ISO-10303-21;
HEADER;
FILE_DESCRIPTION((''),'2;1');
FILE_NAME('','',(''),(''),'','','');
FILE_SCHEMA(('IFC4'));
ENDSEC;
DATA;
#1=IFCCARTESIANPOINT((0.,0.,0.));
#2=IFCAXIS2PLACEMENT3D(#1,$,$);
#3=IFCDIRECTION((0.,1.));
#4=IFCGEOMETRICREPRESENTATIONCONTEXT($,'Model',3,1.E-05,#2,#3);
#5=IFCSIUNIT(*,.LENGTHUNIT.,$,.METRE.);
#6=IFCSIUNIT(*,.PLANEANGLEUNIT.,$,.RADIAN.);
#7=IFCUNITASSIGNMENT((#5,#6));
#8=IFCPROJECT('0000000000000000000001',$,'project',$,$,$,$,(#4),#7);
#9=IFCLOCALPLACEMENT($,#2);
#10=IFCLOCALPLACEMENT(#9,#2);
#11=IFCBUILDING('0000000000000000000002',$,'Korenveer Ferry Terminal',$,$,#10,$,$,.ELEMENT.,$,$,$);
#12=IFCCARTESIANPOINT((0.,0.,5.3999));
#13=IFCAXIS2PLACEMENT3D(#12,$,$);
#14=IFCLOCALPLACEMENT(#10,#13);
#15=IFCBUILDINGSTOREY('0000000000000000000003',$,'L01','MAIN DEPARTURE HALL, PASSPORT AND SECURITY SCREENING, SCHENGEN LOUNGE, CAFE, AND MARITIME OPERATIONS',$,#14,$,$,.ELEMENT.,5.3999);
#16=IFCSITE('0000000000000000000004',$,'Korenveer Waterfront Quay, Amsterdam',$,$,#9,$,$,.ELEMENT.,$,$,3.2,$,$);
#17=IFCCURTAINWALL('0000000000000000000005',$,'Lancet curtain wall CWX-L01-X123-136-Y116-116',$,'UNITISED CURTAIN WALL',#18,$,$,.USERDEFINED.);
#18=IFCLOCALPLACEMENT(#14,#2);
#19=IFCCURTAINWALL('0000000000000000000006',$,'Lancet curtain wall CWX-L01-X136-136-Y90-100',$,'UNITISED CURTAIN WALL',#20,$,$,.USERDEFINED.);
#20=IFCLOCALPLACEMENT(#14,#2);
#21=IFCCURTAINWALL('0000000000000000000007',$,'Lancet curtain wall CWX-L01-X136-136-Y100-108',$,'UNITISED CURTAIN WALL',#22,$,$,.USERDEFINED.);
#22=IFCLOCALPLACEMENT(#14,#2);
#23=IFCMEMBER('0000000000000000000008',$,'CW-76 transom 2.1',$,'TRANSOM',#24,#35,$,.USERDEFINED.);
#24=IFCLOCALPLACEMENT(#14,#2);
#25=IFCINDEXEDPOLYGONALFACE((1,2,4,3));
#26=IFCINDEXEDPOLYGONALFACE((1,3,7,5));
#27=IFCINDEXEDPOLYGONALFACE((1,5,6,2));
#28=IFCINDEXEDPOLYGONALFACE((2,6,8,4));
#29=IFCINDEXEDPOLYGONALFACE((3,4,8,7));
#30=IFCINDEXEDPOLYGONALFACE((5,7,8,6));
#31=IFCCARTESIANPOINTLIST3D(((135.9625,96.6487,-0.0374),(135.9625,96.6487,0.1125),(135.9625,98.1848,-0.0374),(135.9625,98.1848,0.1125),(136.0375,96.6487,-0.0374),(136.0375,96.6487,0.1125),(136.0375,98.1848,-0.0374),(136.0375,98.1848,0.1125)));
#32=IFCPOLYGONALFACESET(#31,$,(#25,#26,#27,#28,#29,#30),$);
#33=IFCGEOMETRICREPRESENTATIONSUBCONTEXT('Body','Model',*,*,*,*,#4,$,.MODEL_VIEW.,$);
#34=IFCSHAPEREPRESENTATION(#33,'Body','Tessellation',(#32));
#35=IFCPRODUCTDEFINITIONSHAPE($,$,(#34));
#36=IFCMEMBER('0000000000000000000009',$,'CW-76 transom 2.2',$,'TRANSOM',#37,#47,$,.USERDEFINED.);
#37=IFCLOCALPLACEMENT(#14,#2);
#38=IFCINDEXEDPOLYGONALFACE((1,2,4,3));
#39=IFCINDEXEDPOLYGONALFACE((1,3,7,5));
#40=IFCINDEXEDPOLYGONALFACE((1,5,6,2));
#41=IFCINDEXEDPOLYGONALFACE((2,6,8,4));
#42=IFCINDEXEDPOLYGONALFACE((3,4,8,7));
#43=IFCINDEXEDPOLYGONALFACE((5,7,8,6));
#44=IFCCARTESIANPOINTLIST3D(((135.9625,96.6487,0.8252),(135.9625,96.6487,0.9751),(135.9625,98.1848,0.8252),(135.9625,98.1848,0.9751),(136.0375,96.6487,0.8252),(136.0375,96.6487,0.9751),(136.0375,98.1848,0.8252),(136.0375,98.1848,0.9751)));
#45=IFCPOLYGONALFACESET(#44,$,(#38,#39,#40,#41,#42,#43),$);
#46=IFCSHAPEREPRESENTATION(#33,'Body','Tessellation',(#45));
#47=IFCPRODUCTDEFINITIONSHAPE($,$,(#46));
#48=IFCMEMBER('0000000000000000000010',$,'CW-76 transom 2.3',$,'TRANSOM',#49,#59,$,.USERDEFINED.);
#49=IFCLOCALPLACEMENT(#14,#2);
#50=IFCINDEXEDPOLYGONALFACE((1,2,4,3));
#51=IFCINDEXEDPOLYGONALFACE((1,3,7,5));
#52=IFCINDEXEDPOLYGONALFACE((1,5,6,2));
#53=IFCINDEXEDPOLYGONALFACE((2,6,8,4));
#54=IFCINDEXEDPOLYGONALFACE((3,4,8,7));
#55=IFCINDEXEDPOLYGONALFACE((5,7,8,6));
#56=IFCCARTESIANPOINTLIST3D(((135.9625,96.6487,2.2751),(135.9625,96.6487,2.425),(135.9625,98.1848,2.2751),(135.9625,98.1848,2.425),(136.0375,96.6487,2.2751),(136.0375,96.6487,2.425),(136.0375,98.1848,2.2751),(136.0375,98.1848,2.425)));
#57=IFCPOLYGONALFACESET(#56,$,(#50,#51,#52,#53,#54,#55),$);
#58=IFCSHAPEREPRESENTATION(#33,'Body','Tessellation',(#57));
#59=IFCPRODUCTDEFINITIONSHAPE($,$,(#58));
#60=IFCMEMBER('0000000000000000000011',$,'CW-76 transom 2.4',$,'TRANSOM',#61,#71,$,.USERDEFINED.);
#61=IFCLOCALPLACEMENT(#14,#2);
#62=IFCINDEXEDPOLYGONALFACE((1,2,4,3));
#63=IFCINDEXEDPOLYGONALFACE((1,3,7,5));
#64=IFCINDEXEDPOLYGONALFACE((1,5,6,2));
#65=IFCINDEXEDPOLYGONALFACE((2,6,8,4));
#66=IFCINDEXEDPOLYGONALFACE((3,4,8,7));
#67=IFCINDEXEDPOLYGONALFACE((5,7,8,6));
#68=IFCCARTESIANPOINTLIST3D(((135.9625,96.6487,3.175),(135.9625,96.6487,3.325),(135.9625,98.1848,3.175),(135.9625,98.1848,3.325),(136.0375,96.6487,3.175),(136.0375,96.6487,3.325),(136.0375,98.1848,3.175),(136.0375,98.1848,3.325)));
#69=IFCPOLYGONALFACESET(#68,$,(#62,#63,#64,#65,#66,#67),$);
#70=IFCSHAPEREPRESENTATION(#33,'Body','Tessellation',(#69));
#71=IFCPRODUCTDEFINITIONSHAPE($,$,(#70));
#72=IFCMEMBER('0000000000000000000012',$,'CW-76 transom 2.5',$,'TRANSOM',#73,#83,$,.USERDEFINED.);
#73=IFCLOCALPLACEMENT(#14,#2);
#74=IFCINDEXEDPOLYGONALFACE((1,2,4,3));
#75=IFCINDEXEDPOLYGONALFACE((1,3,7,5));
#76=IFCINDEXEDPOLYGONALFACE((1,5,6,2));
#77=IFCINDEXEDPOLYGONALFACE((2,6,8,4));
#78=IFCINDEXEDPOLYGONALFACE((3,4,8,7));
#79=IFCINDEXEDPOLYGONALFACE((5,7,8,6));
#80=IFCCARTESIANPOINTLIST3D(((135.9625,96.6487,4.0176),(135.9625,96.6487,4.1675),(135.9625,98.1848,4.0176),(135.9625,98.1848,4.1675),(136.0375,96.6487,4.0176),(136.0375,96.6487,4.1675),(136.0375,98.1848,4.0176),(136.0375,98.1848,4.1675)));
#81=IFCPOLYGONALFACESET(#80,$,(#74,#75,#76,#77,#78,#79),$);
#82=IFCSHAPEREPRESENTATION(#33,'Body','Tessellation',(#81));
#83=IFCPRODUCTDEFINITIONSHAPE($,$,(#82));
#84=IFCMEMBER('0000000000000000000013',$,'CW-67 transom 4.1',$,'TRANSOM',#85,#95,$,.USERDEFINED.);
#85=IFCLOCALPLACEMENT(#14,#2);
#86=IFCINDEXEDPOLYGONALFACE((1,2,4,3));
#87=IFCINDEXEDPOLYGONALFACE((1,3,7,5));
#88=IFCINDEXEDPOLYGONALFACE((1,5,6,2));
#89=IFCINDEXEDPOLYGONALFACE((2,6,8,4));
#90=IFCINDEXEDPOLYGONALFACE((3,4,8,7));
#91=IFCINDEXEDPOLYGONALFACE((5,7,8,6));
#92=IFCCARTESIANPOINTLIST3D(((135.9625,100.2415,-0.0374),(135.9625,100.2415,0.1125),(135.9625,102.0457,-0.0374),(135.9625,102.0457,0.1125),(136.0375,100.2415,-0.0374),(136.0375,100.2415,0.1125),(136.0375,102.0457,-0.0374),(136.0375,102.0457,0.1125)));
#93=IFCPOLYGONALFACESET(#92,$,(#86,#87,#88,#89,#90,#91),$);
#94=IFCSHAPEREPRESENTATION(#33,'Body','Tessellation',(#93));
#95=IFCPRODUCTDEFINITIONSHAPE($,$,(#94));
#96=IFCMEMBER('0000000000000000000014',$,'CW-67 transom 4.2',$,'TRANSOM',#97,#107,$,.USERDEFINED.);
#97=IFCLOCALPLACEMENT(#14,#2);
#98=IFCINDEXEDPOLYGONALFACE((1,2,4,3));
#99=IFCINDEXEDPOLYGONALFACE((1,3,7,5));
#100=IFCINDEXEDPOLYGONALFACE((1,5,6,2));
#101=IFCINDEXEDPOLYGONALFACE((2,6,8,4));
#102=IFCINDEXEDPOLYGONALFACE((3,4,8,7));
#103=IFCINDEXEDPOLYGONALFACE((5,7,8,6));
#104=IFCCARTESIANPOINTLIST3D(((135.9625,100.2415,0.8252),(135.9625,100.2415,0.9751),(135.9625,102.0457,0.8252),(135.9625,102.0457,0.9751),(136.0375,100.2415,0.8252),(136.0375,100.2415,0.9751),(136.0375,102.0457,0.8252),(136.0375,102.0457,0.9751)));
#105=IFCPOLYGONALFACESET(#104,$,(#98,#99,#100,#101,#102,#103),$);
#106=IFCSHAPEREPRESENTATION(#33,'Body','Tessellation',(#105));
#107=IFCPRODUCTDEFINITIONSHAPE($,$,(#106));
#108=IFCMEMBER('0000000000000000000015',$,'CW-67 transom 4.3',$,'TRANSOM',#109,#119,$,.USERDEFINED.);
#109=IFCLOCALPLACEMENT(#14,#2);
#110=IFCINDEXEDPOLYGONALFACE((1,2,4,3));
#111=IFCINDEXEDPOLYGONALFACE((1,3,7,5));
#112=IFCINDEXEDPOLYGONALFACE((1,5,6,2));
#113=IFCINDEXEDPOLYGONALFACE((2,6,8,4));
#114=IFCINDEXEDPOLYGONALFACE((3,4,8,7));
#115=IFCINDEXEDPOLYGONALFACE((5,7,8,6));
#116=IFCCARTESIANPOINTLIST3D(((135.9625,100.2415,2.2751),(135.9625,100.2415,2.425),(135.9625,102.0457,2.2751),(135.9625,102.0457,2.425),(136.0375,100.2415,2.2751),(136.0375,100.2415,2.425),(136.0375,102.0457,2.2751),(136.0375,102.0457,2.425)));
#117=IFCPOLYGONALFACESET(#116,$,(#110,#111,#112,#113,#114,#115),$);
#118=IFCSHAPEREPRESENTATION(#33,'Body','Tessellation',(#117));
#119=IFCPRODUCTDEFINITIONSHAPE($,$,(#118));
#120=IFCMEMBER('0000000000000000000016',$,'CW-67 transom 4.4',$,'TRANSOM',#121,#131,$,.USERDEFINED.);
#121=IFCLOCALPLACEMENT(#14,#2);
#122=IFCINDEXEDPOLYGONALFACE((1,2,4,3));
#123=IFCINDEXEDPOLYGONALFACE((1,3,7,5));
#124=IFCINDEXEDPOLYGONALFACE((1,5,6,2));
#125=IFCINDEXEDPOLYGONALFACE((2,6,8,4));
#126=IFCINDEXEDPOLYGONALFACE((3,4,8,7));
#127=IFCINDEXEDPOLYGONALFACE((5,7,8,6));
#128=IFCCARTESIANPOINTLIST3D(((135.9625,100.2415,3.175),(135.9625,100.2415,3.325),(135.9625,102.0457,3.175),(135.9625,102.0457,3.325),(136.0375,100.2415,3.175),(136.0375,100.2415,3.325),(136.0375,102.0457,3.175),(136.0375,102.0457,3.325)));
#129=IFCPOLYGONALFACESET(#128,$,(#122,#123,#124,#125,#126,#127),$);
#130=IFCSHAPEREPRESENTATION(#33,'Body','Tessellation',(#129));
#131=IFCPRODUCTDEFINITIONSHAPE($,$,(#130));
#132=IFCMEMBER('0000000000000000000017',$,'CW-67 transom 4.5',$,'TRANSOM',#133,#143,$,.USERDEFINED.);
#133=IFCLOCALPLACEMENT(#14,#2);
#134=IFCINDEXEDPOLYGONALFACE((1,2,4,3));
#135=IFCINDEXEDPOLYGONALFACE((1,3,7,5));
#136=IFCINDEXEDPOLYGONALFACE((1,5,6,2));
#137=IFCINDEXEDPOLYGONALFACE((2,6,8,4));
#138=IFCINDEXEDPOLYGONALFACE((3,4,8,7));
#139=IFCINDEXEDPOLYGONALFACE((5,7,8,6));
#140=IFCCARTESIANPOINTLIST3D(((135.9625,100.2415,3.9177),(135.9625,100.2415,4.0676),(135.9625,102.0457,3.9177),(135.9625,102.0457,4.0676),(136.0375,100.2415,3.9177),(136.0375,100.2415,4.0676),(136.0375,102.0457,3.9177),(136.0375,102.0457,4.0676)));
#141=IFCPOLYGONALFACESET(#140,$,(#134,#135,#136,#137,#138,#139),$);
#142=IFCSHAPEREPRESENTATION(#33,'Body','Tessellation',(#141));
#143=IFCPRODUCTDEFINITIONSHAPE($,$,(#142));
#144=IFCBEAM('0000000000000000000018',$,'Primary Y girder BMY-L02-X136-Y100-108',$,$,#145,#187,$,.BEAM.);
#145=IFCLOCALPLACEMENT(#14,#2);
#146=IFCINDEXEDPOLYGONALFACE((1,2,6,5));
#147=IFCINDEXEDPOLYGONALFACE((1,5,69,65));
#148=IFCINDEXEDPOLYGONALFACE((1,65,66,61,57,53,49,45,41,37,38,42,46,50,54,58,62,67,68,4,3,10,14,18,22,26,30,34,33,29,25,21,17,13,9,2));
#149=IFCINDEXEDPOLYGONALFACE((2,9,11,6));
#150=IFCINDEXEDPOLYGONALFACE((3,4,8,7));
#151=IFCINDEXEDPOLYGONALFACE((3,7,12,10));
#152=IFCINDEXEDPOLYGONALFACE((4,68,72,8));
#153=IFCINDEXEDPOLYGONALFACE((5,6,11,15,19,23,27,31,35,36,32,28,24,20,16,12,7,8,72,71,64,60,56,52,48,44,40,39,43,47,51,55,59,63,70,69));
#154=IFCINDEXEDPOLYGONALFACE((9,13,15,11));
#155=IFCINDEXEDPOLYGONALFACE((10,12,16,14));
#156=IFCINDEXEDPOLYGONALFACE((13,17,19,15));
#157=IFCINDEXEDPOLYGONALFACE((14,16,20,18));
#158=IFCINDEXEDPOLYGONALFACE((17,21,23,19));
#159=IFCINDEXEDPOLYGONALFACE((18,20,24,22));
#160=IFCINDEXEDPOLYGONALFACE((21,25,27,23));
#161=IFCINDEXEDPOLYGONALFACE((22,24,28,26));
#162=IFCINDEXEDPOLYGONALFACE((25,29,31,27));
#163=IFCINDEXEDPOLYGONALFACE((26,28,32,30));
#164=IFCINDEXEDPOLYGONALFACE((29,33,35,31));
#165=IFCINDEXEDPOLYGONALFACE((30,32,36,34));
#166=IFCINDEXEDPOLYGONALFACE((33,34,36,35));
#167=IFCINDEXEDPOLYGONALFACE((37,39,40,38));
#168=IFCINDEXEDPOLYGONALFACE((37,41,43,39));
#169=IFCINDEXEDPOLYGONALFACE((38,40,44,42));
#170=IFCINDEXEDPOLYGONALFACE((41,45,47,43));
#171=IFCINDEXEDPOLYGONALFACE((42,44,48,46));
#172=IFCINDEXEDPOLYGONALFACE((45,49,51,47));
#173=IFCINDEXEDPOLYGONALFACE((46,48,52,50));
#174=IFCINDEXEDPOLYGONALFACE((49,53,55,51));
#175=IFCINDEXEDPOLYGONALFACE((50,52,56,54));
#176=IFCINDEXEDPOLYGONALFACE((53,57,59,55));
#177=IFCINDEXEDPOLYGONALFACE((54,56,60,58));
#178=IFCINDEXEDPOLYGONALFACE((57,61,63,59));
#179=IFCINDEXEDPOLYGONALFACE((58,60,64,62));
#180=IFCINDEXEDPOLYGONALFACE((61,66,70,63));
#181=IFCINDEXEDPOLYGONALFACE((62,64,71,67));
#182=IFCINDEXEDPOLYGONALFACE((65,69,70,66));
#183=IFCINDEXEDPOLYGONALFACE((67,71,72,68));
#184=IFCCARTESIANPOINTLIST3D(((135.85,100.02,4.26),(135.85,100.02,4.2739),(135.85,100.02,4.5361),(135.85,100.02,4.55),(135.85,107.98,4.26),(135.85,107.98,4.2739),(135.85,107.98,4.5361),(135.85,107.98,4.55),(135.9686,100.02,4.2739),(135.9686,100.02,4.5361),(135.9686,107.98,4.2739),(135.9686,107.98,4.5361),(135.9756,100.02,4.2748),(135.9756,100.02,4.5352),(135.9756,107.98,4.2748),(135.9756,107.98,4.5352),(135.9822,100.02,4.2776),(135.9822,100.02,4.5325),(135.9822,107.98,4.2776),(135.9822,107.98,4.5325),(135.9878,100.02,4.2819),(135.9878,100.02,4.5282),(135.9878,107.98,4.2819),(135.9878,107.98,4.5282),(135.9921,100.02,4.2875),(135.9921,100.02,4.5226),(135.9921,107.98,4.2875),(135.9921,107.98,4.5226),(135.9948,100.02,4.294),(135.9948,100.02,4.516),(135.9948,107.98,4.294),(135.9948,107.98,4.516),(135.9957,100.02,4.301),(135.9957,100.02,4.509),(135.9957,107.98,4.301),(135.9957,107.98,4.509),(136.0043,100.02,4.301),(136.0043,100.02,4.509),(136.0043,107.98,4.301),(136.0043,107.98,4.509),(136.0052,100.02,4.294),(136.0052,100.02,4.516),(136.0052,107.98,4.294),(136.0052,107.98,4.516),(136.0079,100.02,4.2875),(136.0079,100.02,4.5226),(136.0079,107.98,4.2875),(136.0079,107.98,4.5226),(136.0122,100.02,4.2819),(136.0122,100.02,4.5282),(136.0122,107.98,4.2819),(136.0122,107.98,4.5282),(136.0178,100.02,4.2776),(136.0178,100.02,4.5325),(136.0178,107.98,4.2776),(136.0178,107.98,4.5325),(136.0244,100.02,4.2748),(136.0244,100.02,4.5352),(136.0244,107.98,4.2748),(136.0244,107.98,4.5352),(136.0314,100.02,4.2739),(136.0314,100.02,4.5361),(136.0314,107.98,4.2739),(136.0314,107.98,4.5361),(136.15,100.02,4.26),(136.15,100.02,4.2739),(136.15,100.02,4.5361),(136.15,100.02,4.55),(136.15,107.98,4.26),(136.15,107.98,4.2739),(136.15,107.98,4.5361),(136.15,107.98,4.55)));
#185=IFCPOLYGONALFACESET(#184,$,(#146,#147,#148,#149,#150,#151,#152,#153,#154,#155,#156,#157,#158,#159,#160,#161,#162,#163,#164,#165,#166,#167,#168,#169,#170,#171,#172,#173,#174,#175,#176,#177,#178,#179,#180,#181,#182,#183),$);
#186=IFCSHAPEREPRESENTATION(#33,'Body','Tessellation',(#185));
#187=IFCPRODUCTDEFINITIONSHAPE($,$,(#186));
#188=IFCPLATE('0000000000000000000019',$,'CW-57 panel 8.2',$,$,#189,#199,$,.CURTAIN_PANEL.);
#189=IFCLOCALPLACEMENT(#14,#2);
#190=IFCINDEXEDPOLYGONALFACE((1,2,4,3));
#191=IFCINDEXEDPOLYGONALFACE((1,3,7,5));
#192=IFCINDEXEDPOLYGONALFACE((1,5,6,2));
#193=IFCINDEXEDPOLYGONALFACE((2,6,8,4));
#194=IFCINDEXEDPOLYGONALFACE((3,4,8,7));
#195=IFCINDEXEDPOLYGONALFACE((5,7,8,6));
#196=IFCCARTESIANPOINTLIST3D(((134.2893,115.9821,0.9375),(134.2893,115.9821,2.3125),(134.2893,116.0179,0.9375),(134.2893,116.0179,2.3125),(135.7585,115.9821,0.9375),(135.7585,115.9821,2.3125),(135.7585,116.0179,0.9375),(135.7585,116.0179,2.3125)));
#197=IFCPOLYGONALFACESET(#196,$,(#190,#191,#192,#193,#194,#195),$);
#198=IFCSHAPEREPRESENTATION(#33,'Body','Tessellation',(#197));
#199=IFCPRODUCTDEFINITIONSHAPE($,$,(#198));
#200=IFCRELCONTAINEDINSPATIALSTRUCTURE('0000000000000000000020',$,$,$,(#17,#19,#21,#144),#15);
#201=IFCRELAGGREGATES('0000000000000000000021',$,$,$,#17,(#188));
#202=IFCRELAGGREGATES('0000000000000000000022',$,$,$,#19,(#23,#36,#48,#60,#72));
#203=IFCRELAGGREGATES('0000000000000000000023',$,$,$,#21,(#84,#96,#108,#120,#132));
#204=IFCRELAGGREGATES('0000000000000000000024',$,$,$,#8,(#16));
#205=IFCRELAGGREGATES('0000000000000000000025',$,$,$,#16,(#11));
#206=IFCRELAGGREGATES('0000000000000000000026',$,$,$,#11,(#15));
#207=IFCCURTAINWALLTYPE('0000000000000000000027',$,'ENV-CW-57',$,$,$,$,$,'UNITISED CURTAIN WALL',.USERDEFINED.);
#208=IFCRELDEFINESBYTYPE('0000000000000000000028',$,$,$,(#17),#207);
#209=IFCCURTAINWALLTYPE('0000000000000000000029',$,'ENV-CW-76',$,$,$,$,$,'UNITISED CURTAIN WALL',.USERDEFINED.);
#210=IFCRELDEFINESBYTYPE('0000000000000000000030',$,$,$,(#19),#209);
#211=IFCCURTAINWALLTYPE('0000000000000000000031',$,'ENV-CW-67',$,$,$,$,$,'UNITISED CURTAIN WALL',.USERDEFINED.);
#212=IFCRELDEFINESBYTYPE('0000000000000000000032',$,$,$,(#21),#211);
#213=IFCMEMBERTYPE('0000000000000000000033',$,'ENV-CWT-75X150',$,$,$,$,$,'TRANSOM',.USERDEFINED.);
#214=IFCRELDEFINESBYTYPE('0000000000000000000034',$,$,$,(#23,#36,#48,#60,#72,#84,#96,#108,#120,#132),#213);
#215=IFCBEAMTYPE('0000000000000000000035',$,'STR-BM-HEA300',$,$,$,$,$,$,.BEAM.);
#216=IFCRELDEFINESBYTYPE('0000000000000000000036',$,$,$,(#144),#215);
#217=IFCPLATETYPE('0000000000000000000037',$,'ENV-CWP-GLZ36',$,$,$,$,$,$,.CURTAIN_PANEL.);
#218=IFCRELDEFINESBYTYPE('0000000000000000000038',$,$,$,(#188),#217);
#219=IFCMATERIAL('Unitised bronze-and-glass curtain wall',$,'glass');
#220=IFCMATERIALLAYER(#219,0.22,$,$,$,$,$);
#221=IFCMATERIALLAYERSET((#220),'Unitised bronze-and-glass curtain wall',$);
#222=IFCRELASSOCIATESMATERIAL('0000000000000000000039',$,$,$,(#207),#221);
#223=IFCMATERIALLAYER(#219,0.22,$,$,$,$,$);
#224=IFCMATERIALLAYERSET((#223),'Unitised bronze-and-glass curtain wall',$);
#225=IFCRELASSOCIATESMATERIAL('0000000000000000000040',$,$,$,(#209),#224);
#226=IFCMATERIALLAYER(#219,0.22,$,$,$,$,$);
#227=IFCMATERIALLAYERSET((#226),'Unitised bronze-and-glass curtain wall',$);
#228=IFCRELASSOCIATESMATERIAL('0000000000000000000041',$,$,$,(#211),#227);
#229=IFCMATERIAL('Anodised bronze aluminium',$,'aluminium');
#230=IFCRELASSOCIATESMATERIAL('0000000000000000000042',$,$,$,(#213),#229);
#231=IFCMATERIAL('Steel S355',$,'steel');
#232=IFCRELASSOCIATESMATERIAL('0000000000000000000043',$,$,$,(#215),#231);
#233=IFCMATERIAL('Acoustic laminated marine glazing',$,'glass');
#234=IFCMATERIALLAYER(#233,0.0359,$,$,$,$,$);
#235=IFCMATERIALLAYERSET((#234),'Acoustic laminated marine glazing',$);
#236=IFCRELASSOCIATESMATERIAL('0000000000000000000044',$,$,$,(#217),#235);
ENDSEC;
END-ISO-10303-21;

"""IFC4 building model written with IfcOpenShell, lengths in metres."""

from ifc_helpers import new_model, si_unit, direction, frame, origin, origin_2d, place, context, subcontext, project, spatial, rectangle, i_section, extrude, material, layer, layer_set, material_profile, profile_set, type_object, element, aggregate, save


model = new_model("IFC4")

# Units and contexts
model_context = context("Model", 3, precision=1e-05, world=origin(), true_north=direction((0.0, 1.0)))
body_context = subcontext(model_context, "Body", "Model", "MODEL_VIEW")
ifc_project = project(units=[si_unit("LENGTHUNIT", "METRE"), si_unit("PLANEANGLEUNIT", "RADIAN")], contexts=[model_context])

# Site, building, storey
site_placement = place(None, origin())
site = spatial("IfcSite", under=ifc_project, at=site_placement, Name="Korenveer Waterfront Quay, Amsterdam", CompositionType="ELEMENT", RefElevation=3.2)
building_placement = place(site_placement, origin())
building = spatial("IfcBuilding", under=site, at=building_placement, Name="Korenveer Ferry Terminal", CompositionType="ELEMENT")
storey_placement = place(building_placement, frame((0.0, 0.0, 5.3999)))
storey = spatial("IfcBuildingStorey", under=building, at=storey_placement, Name="L01", Description="MAIN DEPARTURE HALL, PASSPORT AND SECURITY SCREENING, SCHENGEN LOUNGE, CAFE, AND MARITIME OPERATIONS", CompositionType="ELEMENT", Elevation=5.3999)

# Shared definitions
ifc_material_1 = material(Name="Steel S355", Category="steel")

# Curtain wall
ifc_material_2 = material(Name="Unitised bronze-and-glass curtain wall", Category="glass")
ifc_layer_1 = layer(ifc_material_2, 0.22)
ifc_layer_set_1 = layer_set([ifc_layer_1], Name="Unitised bronze-and-glass curtain wall")
curtain_wall_type_1 = type_object("IfcCurtainWallType", Name="ENV-CW-57", ElementType="UNITISED CURTAIN WALL", PredefinedType="USERDEFINED", material=ifc_layer_set_1)
curtain_wall_1_placement = place(storey_placement, frame((123.1799, 116.0, 0.0)))
curtain_wall_1 = element("IfcCurtainWall", 1, at=curtain_wall_1_placement, inside=storey, type_object=curtain_wall_type_1, Name="Lancet curtain wall CWX-L01-X123-136-Y116-116", ObjectType="UNITISED CURTAIN WALL", PredefinedType="USERDEFINED")
ifc_material_3 = material(Name="Anodised bronze aluminium", Category="aluminium")

# Curtain walls
ifc_layer_2 = layer(ifc_material_2, 0.22)
ifc_layer_set_2 = layer_set([ifc_layer_2], Name="Unitised bronze-and-glass curtain wall")
curtain_wall_type_2 = type_object("IfcCurtainWallType", Name="ENV-CW-76", ElementType="UNITISED CURTAIN WALL", PredefinedType="USERDEFINED", material=ifc_layer_set_2)
curtain_wall_2_placement = place(storey_placement, frame((136.0, 99.8335, 0.0)))
curtain_wall_2 = element("IfcCurtainWall", 2, at=curtain_wall_2_placement, inside=storey, type_object=curtain_wall_type_2, Name="Lancet curtain wall CWX-L01-X136-136-Y90-100", ObjectType="UNITISED CURTAIN WALL", PredefinedType="USERDEFINED")
ifc_layer_3 = layer(ifc_material_2, 0.22)
ifc_layer_set_3 = layer_set([ifc_layer_3], Name="Unitised bronze-and-glass curtain wall")
curtain_wall_type_3 = type_object("IfcCurtainWallType", Name="ENV-CW-67", ElementType="UNITISED CURTAIN WALL", PredefinedType="USERDEFINED", material=ifc_layer_set_3)
curtain_wall_3_placement = place(storey_placement, frame((136.0, 107.8335, 0.0)))
curtain_wall_3 = element("IfcCurtainWall", 3, at=curtain_wall_3_placement, inside=storey, type_object=curtain_wall_type_3, Name="Lancet curtain wall CWX-L01-X136-136-Y100-108", ObjectType="UNITISED CURTAIN WALL", PredefinedType="USERDEFINED")

# Members
ifc_material_profile_1 = material_profile(ifc_material_3, rectangle(XDim=0.075, YDim=0.1499, at=origin_2d()), Name="ALU 75x150")
ifc_profile_set_1 = profile_set([ifc_material_profile_1], Name="Anodised bronze aluminium")
member_type_1 = type_object("IfcMemberType", Name="ENV-CWT-75X150", ElementType="TRANSOM", PredefinedType="USERDEFINED", material=ifc_profile_set_1)
member_1_placement = place(storey_placement, frame((136.0, 98.1848, 0.0376), z_axis=(0.0, -1.0, 0.0), x_axis=(1.0, 0.0, 0.0)))
member_1 = element("IfcMember", 4, at=member_1_placement, type_object=member_type_1, Name="CW-76 transom 2.1", ObjectType="TRANSOM", PredefinedType="USERDEFINED", context=body_context, shape_type="SweptSolid", body=[
    extrude(rectangle(XDim=0.075, YDim=0.1499, at=origin_2d()), origin(), (0.0, 0.0, 1.0), 1.5361),
])
member_2_placement = place(storey_placement, frame((136.0, 98.1848, 0.9001), z_axis=(0.0, -1.0, 0.0), x_axis=(1.0, 0.0, 0.0)))
member_2 = element("IfcMember", 5, at=member_2_placement, type_object=member_type_1, Name="CW-76 transom 2.2", ObjectType="TRANSOM", PredefinedType="USERDEFINED", context=body_context, shape_type="SweptSolid", body=[
    extrude(rectangle(XDim=0.075, YDim=0.1499, at=origin_2d()), origin(), (0.0, 0.0, 1.0), 1.5361),
])
member_3_placement = place(storey_placement, frame((136.0, 98.1848, 2.3501), z_axis=(0.0, -1.0, 0.0), x_axis=(1.0, 0.0, 0.0)))
member_3 = element("IfcMember", 6, at=member_3_placement, type_object=member_type_1, Name="CW-76 transom 2.3", ObjectType="TRANSOM", PredefinedType="USERDEFINED", context=body_context, shape_type="SweptSolid", body=[
    extrude(rectangle(XDim=0.075, YDim=0.1499, at=origin_2d()), origin(), (0.0, 0.0, 1.0), 1.5361),
])
member_4_placement = place(storey_placement, frame((136.0, 98.1848, 3.25), z_axis=(0.0, -1.0, 0.0), x_axis=(1.0, 0.0, 0.0)))
member_4 = element("IfcMember", 7, at=member_4_placement, type_object=member_type_1, Name="CW-76 transom 2.4", ObjectType="TRANSOM", PredefinedType="USERDEFINED", context=body_context, shape_type="SweptSolid", body=[
    extrude(rectangle(XDim=0.075, YDim=0.1499, at=origin_2d()), origin(), (0.0, 0.0, 1.0), 1.5361),
])
member_5_placement = place(storey_placement, frame((136.0, 98.1848, 4.0925), z_axis=(0.0, -1.0, 0.0), x_axis=(1.0, 0.0, 0.0)))
member_5 = element("IfcMember", 8, at=member_5_placement, type_object=member_type_1, Name="CW-76 transom 2.5", ObjectType="TRANSOM", PredefinedType="USERDEFINED", context=body_context, shape_type="SweptSolid", body=[
    extrude(rectangle(XDim=0.075, YDim=0.1499, at=origin_2d()), origin(), (0.0, 0.0, 1.0), 1.5361),
])
member_6_placement = place(storey_placement, frame((136.0, 102.0457, 0.0376), z_axis=(0.0, -1.0, 0.0), x_axis=(1.0, 0.0, 0.0)))
member_6 = element("IfcMember", 9, at=member_6_placement, type_object=member_type_1, Name="CW-67 transom 4.1", ObjectType="TRANSOM", PredefinedType="USERDEFINED", context=body_context, shape_type="SweptSolid", body=[
    extrude(rectangle(XDim=0.075, YDim=0.1499, at=origin_2d()), origin(), (0.0, 0.0, 1.0), 1.8042),
])
member_7_placement = place(storey_placement, frame((136.0, 102.0457, 0.9001), z_axis=(0.0, -1.0, 0.0), x_axis=(1.0, 0.0, 0.0)))
member_7 = element("IfcMember", 10, at=member_7_placement, type_object=member_type_1, Name="CW-67 transom 4.2", ObjectType="TRANSOM", PredefinedType="USERDEFINED", context=body_context, shape_type="SweptSolid", body=[
    extrude(rectangle(XDim=0.075, YDim=0.1499, at=origin_2d()), origin(), (0.0, 0.0, 1.0), 1.8042),
])
member_8_placement = place(storey_placement, frame((136.0, 102.0457, 2.3501), z_axis=(0.0, -1.0, 0.0), x_axis=(1.0, 0.0, 0.0)))
member_8 = element("IfcMember", 11, at=member_8_placement, type_object=member_type_1, Name="CW-67 transom 4.3", ObjectType="TRANSOM", PredefinedType="USERDEFINED", context=body_context, shape_type="SweptSolid", body=[
    extrude(rectangle(XDim=0.075, YDim=0.1499, at=origin_2d()), origin(), (0.0, 0.0, 1.0), 1.8042),
])
member_9_placement = place(storey_placement, frame((136.0, 102.0457, 3.25), z_axis=(0.0, -1.0, 0.0), x_axis=(1.0, 0.0, 0.0)))
member_9 = element("IfcMember", 12, at=member_9_placement, type_object=member_type_1, Name="CW-67 transom 4.4", ObjectType="TRANSOM", PredefinedType="USERDEFINED", context=body_context, shape_type="SweptSolid", body=[
    extrude(rectangle(XDim=0.075, YDim=0.1499, at=origin_2d()), origin(), (0.0, 0.0, 1.0), 1.8042),
])
member_10_placement = place(storey_placement, frame((136.0, 102.0457, 3.9927), z_axis=(0.0, -1.0, 0.0), x_axis=(1.0, 0.0, 0.0)))
member_10 = element("IfcMember", 13, at=member_10_placement, type_object=member_type_1, Name="CW-67 transom 4.5", ObjectType="TRANSOM", PredefinedType="USERDEFINED", context=body_context, shape_type="SweptSolid", body=[
    extrude(rectangle(XDim=0.075, YDim=0.1499, at=origin_2d()), origin(), (0.0, 0.0, 1.0), 1.8042),
])

# Beam
ifc_material_profile_2 = material_profile(ifc_material_1, i_section(OverallWidth=0.3, OverallDepth=0.29, WebThickness=0.0085, FlangeThickness=0.0139, FilletRadius=0.0271, at=origin_2d()), Name="HEA 300")
ifc_profile_set_2 = profile_set([ifc_material_profile_2], Name="Steel S355")
beam_type = type_object("IfcBeamType", Name="STR-BM-HEA300", PredefinedType="BEAM", material=ifc_profile_set_2)
beam_placement = place(storey_placement, frame((136.0, 100.02, 4.405), z_axis=(0.0, 1.0, 0.0), x_axis=(-1.0, 0.0, 0.0)))
element("IfcBeam", 14, at=beam_placement, inside=storey, type_object=beam_type, Name="Primary Y girder BMY-L02-X136-Y100-108", PredefinedType="BEAM", context=body_context, shape_type="SweptSolid", body=[
    extrude(i_section(OverallWidth=0.3, OverallDepth=0.29, WebThickness=0.0085, FlangeThickness=0.0139, FilletRadius=0.0271, at=origin_2d()), origin(), (0.0, 0.0, 1.0), 7.96),
])

# Plate
ifc_material_4 = material(Name="Acoustic laminated marine glazing", Category="glass")
ifc_layer_4 = layer(ifc_material_4, 0.0359)
ifc_layer_set_4 = layer_set([ifc_layer_4], Name="Acoustic laminated marine glazing")
plate_type = type_object("IfcPlateType", Name="ENV-CWP-GLZ36", PredefinedType="CURTAIN_PANEL", material=ifc_layer_set_4)
plate_1_placement = place(storey_placement, frame((135.0239, 116.0, 0.9375), z_axis=(0.0, 0.0, 1.0), x_axis=(1.0, 0.0, 0.0)))
plate_1 = element("IfcPlate", 15, at=plate_1_placement, type_object=plate_type, Name="CW-57 panel 8.2", PredefinedType="CURTAIN_PANEL", context=body_context, shape_type="SweptSolid", body=[
    extrude(rectangle(XDim=1.4692, YDim=0.0359, at=origin_2d()), origin(), (0.0, 0.0, 1.0), 1.375),
])
aggregate(curtain_wall_1, [plate_1])
aggregate(curtain_wall_2, [member_1, member_2, member_3, member_4, member_5])
aggregate(curtain_wall_3, [member_6, member_7, member_8, member_9, member_10])

save(model, "model.ifc")
